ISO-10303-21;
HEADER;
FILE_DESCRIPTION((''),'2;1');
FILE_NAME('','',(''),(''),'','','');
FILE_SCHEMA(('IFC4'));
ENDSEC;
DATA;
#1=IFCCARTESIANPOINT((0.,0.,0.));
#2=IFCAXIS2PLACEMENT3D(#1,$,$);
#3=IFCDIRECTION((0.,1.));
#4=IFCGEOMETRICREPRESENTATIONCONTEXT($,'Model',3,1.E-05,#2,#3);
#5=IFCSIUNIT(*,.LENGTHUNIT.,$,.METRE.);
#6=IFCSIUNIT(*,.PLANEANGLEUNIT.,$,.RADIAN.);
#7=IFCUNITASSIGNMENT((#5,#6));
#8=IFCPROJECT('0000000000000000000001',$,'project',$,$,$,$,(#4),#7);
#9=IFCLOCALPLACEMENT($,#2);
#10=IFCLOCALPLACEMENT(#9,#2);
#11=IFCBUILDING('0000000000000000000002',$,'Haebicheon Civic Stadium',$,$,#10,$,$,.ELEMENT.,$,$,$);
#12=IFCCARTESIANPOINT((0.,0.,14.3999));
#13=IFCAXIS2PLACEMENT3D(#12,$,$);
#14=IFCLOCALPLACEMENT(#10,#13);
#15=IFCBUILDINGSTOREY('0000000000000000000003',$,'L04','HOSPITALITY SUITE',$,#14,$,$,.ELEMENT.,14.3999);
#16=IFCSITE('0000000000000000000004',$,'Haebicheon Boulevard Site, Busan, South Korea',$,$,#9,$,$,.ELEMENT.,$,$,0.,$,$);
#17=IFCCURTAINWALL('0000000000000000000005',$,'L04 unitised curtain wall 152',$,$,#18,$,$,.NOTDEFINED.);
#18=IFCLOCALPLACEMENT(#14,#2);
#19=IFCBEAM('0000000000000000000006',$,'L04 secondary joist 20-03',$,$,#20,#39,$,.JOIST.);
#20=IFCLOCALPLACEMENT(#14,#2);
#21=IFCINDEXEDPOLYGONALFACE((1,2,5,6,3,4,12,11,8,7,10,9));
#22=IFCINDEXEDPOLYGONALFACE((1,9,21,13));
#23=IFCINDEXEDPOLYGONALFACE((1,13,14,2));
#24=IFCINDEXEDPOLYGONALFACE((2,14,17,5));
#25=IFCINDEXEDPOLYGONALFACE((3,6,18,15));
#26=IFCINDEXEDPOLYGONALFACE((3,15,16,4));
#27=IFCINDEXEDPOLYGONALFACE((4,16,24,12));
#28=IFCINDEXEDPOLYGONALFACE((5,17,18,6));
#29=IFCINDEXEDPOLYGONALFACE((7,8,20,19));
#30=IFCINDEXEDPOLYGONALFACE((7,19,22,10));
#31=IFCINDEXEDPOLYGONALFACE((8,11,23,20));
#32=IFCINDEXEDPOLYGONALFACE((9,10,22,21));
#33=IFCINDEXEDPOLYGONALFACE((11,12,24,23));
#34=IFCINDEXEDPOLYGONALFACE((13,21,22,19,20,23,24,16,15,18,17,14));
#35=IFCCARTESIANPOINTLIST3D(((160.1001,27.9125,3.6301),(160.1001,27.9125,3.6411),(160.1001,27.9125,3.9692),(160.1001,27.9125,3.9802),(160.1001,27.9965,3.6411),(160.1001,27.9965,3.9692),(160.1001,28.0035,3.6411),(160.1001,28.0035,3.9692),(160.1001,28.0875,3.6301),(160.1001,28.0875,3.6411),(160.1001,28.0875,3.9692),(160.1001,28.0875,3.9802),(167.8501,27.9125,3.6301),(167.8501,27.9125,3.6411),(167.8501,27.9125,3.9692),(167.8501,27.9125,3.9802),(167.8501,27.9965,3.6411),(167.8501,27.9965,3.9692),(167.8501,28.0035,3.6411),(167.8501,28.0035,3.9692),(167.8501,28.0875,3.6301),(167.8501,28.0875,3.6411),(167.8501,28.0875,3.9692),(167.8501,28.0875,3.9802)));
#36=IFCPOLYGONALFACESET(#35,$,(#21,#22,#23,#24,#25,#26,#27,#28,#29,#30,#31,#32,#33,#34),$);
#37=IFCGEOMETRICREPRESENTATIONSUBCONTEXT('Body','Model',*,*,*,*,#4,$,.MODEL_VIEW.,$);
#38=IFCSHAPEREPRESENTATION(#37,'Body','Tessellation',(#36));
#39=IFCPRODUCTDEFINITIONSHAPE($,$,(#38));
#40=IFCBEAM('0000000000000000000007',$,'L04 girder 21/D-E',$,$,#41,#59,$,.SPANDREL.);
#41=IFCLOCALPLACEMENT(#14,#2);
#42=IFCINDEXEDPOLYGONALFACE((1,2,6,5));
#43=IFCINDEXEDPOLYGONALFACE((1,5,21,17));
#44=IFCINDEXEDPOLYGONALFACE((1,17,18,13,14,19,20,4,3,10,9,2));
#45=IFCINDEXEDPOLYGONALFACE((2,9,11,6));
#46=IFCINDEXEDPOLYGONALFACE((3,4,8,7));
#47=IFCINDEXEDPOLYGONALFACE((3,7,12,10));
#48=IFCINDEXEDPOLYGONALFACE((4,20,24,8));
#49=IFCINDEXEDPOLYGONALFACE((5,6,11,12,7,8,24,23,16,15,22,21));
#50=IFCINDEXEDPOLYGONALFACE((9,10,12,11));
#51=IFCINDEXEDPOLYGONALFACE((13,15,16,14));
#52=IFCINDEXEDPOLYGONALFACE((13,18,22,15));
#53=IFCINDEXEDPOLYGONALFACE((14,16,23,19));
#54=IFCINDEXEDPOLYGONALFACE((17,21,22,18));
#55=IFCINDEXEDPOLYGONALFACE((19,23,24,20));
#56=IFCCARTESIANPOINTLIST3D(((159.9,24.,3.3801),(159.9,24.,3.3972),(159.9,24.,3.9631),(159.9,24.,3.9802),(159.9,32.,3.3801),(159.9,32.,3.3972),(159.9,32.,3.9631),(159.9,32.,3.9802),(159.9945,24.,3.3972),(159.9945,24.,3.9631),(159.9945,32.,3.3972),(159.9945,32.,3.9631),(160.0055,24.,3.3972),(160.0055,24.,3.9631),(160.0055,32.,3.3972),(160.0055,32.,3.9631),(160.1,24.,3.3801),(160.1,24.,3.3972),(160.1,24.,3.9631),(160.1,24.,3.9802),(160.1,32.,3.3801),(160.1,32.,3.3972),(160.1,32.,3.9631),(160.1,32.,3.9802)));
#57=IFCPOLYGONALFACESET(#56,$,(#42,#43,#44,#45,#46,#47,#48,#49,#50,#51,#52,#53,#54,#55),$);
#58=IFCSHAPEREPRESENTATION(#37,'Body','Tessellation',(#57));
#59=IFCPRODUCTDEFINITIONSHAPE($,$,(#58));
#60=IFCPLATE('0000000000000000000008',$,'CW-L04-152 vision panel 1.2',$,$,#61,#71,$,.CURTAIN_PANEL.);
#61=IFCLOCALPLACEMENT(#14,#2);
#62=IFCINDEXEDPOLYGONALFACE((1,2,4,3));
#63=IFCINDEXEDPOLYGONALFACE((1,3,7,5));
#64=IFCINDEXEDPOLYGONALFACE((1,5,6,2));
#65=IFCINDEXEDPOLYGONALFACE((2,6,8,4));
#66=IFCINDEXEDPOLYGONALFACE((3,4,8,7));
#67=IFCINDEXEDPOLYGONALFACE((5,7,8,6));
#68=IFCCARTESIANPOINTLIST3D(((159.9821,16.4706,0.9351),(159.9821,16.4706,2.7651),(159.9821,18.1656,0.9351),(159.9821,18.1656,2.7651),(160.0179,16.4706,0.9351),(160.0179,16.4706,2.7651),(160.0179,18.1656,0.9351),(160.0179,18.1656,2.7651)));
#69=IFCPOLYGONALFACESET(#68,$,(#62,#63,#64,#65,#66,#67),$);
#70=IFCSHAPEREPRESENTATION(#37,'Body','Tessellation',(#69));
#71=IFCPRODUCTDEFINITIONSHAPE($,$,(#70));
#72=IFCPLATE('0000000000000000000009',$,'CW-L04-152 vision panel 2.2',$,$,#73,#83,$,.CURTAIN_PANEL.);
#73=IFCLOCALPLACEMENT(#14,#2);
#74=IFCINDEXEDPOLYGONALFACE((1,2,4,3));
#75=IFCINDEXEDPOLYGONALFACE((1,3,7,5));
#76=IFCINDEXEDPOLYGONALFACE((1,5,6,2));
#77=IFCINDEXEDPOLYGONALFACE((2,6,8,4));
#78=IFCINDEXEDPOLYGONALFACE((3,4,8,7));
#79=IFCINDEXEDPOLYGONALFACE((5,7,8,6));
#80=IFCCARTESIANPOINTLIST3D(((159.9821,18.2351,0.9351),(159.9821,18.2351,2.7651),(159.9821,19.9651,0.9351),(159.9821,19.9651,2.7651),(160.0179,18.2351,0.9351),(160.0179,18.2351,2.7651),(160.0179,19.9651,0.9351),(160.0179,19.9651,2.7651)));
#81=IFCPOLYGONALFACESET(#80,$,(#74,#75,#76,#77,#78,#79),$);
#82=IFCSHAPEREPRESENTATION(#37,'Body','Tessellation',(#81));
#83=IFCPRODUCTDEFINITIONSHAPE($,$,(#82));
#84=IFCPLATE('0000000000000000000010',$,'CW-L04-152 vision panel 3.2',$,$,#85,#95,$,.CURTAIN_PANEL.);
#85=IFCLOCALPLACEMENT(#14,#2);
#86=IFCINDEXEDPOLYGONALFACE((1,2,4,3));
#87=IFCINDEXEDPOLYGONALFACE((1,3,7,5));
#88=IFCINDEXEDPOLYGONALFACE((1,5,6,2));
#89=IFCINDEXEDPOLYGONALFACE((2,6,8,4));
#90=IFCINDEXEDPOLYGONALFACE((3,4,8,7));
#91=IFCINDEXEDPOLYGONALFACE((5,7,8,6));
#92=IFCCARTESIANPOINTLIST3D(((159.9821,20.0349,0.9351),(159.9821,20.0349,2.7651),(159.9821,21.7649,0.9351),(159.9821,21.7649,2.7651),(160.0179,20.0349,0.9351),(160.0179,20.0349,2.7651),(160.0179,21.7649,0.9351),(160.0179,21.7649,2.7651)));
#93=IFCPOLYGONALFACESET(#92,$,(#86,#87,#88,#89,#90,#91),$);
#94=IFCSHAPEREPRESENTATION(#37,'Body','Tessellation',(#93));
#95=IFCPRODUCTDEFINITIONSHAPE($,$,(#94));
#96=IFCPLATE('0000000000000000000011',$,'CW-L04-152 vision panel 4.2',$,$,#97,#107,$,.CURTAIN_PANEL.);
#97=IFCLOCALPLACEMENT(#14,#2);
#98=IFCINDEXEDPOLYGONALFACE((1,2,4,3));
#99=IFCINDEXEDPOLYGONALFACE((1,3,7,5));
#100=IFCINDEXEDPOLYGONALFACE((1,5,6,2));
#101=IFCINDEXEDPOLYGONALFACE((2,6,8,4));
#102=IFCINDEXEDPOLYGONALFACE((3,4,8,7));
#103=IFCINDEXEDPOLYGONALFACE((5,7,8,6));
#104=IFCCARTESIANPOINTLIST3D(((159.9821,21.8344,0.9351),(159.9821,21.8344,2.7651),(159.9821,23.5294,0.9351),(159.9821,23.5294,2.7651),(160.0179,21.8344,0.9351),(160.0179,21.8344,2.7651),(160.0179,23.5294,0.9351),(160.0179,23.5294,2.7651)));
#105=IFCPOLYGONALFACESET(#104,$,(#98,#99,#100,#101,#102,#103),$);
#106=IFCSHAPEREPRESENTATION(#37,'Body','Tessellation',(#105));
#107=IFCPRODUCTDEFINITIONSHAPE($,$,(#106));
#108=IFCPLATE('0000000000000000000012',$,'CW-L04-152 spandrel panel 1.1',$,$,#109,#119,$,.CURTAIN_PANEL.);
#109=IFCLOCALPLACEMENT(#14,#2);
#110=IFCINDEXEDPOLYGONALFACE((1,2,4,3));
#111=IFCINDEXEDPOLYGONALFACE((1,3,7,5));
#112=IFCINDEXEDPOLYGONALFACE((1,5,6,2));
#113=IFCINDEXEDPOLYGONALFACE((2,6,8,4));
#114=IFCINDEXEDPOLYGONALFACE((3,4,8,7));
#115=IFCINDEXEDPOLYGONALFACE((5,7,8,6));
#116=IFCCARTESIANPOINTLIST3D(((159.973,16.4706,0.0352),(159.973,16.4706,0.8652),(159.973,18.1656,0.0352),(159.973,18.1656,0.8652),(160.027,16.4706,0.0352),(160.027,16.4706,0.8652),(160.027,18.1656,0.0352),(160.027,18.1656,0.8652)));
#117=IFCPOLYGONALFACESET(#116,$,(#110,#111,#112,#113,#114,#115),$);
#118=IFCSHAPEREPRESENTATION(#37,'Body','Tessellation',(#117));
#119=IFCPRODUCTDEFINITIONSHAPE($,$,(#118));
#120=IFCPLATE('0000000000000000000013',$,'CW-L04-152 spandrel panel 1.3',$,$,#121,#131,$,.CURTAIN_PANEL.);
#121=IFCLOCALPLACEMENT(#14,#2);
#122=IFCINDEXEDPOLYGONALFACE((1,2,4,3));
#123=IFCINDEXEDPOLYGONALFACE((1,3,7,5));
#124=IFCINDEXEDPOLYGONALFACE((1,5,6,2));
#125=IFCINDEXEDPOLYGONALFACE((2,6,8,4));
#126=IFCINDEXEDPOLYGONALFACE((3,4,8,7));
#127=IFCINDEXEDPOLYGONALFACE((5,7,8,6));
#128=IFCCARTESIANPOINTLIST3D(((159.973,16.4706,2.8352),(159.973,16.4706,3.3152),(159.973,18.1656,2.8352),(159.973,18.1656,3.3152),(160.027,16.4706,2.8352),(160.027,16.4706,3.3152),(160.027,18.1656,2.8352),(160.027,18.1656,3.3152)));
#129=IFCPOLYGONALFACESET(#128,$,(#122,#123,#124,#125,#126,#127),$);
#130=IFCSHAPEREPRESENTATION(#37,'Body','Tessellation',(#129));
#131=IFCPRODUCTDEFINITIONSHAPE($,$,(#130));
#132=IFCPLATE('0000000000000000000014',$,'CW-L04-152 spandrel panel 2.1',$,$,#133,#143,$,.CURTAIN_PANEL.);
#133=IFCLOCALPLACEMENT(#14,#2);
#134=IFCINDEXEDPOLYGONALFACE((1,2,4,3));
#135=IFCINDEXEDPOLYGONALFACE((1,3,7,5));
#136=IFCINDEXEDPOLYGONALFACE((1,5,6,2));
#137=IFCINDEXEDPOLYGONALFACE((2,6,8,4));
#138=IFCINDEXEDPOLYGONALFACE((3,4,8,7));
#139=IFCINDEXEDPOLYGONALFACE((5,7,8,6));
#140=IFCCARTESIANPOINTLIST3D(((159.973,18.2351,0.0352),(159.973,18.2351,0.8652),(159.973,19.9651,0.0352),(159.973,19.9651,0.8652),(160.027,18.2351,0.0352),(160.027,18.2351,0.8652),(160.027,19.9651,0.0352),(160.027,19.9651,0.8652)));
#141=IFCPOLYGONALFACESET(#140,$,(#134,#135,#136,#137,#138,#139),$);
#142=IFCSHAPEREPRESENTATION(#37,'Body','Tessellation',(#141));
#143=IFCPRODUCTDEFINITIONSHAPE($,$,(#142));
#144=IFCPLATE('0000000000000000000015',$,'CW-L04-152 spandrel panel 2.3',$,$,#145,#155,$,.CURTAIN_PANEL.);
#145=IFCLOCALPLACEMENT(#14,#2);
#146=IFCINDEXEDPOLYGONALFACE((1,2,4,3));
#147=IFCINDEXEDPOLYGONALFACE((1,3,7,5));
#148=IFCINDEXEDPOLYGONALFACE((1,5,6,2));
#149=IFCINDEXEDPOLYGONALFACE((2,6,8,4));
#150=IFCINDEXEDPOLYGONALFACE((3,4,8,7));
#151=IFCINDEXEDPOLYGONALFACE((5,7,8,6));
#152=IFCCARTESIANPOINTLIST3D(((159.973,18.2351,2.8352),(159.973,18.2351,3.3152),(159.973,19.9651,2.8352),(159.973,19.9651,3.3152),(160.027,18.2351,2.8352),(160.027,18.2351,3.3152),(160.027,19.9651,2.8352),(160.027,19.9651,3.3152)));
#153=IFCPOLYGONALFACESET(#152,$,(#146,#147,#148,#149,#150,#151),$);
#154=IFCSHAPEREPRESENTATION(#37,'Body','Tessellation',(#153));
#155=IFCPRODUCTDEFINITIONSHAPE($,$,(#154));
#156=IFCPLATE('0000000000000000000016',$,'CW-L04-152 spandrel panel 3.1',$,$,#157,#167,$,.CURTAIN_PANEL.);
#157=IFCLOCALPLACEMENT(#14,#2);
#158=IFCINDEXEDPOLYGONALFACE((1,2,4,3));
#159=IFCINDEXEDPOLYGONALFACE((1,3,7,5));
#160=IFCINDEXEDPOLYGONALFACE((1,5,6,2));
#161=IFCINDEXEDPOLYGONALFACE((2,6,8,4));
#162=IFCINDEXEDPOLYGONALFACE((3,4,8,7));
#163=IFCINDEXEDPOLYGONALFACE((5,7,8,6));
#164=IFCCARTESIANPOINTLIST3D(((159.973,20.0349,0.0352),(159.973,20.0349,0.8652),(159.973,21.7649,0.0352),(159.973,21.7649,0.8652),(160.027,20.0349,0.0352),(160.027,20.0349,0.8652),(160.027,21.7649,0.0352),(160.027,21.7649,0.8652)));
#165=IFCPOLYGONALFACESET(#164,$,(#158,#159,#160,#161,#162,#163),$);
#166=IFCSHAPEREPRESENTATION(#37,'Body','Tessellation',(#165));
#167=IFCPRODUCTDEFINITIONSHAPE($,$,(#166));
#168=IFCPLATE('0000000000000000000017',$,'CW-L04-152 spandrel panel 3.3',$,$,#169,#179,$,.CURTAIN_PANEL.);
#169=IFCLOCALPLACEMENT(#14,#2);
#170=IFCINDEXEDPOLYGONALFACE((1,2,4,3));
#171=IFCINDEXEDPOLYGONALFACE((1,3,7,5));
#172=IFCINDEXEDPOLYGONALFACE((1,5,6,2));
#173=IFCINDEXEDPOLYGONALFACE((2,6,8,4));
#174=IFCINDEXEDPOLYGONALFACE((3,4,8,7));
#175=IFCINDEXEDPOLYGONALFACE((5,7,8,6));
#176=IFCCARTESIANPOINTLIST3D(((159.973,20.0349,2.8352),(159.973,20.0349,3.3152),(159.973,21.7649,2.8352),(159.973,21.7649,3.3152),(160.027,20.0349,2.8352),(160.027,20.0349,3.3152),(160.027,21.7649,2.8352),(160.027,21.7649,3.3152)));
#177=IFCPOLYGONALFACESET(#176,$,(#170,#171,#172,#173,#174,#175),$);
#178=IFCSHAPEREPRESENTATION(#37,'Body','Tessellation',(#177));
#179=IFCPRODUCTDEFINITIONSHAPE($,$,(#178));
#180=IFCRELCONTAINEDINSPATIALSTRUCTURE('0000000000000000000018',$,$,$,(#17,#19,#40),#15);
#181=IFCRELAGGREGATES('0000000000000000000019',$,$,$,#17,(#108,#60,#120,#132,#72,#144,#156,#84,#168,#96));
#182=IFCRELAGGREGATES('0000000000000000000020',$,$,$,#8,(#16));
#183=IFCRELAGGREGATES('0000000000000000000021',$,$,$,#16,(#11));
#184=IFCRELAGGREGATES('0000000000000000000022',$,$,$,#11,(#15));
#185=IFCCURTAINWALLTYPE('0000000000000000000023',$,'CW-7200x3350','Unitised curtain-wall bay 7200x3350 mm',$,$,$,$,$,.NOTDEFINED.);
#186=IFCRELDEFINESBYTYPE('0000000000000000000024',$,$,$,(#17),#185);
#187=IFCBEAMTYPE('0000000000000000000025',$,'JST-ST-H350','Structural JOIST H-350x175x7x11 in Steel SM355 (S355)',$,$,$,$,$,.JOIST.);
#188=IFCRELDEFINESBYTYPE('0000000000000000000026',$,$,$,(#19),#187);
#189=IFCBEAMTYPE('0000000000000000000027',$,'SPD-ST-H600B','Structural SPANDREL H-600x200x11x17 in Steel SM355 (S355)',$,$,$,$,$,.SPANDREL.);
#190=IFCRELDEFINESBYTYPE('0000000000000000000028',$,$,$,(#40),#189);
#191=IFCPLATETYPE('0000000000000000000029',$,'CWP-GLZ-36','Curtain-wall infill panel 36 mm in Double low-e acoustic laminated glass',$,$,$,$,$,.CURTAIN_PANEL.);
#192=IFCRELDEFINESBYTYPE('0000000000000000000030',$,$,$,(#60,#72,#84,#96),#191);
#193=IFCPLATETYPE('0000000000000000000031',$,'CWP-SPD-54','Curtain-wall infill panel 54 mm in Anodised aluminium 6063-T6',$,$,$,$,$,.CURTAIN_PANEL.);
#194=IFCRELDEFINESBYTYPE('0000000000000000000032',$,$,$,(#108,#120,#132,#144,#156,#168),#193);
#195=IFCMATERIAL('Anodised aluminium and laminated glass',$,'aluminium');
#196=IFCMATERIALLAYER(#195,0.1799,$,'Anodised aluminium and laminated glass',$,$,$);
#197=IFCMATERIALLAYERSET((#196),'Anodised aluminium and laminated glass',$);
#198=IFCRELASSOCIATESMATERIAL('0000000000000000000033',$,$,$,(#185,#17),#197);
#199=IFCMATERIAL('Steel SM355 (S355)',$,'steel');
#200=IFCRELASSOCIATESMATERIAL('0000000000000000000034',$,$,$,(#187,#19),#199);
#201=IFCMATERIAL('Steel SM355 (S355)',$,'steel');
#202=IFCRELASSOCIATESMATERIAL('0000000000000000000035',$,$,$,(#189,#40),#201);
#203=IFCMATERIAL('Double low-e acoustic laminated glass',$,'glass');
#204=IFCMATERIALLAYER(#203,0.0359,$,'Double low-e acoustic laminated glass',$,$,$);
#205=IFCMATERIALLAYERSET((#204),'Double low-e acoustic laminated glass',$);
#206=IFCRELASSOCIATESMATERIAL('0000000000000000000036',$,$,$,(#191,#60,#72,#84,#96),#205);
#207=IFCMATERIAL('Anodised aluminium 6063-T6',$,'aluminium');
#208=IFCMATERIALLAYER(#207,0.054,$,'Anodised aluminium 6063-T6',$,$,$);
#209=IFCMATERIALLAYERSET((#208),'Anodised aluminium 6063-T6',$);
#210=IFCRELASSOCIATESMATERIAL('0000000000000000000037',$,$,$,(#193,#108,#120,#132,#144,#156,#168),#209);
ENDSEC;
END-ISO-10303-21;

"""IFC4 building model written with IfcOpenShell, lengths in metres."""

from ifc_helpers import new_model, si_unit, direction, frame, origin, origin_2d, place, context, subcontext, project, spatial, rectangle, i_section, extrude, material, layer, layer_set, material_profile, profile_set, type_object, element, aggregate, save


model = new_model("IFC4")

# Units and contexts
model_context = context("Model", 3, precision=1e-05, world=origin(), true_north=direction((0.0, 1.0)))
body_context = subcontext(model_context, "Body", "Model", "MODEL_VIEW")
ifc_project = project(units=[si_unit("LENGTHUNIT", "METRE"), si_unit("PLANEANGLEUNIT", "RADIAN")], contexts=[model_context])

# Site, building, storey
site_placement = place(None, origin())
site = spatial("IfcSite", under=ifc_project, at=site_placement, Name="Haebicheon Boulevard Site, Busan, South Korea", CompositionType="ELEMENT", RefElevation=0.0)
building_placement = place(site_placement, origin())
building = spatial("IfcBuilding", under=site, at=building_placement, Name="Haebicheon Civic Stadium", CompositionType="ELEMENT")
storey_placement = place(building_placement, frame((0.0, 0.0, 14.3999)))
storey = spatial("IfcBuildingStorey", under=building, at=storey_placement, Name="L04", Description="HOSPITALITY SUITE", CompositionType="ELEMENT", Elevation=14.3999)

# Curtain wall
ifc_material_1 = material(Name="Anodised aluminium and laminated glass", Category="aluminium")
ifc_layer_1 = layer(ifc_material_1, 0.1799, Name="Anodised aluminium and laminated glass")
ifc_layer_set_1 = layer_set([ifc_layer_1], Name="Anodised aluminium and laminated glass")
curtain_wall_type = type_object("IfcCurtainWallType", Name="CW-7200x3350", Description="Unitised curtain-wall bay 7200x3350 mm", PredefinedType="NOTDEFINED", material=ifc_layer_set_1)
curtain_wall_placement = place(storey_placement, origin())
curtain_wall = element("IfcCurtainWall", 1, at=curtain_wall_placement, inside=storey, type_object=curtain_wall_type, material=ifc_layer_set_1, Name="L04 unitised curtain wall 152", PredefinedType="NOTDEFINED")

# Beams
ifc_material_2 = material(Name="Steel SM355 (S355)", Category="steel")
ifc_material_profile_1 = material_profile(ifc_material_2, i_section(OverallWidth=0.175, OverallDepth=0.3501, WebThickness=0.0071, FlangeThickness=0.011, at=origin_2d()), Name="H-350x175x7x11")
ifc_profile_set_1 = profile_set([ifc_material_profile_1], Name="Steel SM355 (S355)")
beam_type_1 = type_object("IfcBeamType", Name="JST-ST-H350", Description="Structural JOIST H-350x175x7x11 in Steel SM355 (S355)", PredefinedType="JOIST", material=ifc_profile_set_1)
for number, where, z_axis, x_axis, name in (
    (2, (160.1001, 28.0, 3.8052), (1.0, 0.0, 0.0), (0.0, 1.0, 0.0), "L04 secondary joist 20-03"),
):
    element("IfcBeam", number, at=place(storey_placement, frame(where, z_axis=z_axis, x_axis=x_axis)), inside=storey, type_object=beam_type_1, material=ifc_profile_set_1, Name=name, PredefinedType="JOIST", context=body_context, shape_type="SweptSolid", body=[
        extrude(i_section(OverallWidth=0.175, OverallDepth=0.3501, WebThickness=0.0071, FlangeThickness=0.011, at=origin_2d()), origin(), (0.0, 0.0, 1.0), 7.75),
    ])
ifc_material_3 = material(Name="Steel SM355 (S355)", Category="steel")
ifc_material_profile_2 = material_profile(ifc_material_3, i_section(OverallWidth=0.2, OverallDepth=0.6001, WebThickness=0.011, FlangeThickness=0.0171, at=origin_2d()), Name="H-600x200x11x17")
ifc_profile_set_2 = profile_set([ifc_material_profile_2], Name="Steel SM355 (S355)")
beam_type_2 = type_object("IfcBeamType", Name="SPD-ST-H600B", Description="Structural SPANDREL H-600x200x11x17 in Steel SM355 (S355)", PredefinedType="SPANDREL", material=ifc_profile_set_2)
beam_1_placement = place(storey_placement, frame((160.0, 24.0, 3.6802), z_axis=(0.0, 1.0, 0.0), x_axis=(-1.0, 0.0, 0.0)))
element("IfcBeam", 3, at=beam_1_placement, inside=storey, type_object=beam_type_2, material=ifc_profile_set_2, Name="L04 girder 21/D-E", PredefinedType="SPANDREL", context=body_context, shape_type="SweptSolid", body=[
    extrude(i_section(OverallWidth=0.2, OverallDepth=0.6001, WebThickness=0.011, FlangeThickness=0.0171, at=origin_2d()), origin(), (0.0, 0.0, 1.0), 8.0),
])

# Plates
ifc_material_4 = material(Name="Double low-e acoustic laminated glass", Category="glass")
ifc_layer_2 = layer(ifc_material_4, 0.0359, Name="Double low-e acoustic laminated glass")
ifc_layer_set_2 = layer_set([ifc_layer_2], Name="Double low-e acoustic laminated glass")
plate_type_1 = type_object("IfcPlateType", Name="CWP-GLZ-36", Description="Curtain-wall infill panel 36 mm in Double low-e acoustic laminated glass", PredefinedType="CURTAIN_PANEL", material=ifc_layer_set_2)
plate_1_placement = place(storey_placement, frame((160.0, 17.3181, 0.9351), z_axis=(0.0, 0.0, 1.0), x_axis=(0.0, 1.0, 0.0)))
plate_1 = element("IfcPlate", 4, at=plate_1_placement, type_object=plate_type_1, material=ifc_layer_set_2, Name="CW-L04-152 vision panel 1.2", PredefinedType="CURTAIN_PANEL", context=body_context, shape_type="SweptSolid", body=[
    extrude(rectangle(XDim=1.6951, YDim=0.0359, at=origin_2d()), origin(), (0.0, 0.0, 1.0), 1.8301),
])
plate_2_placement = place(storey_placement, frame((160.0, 19.1001, 0.9351), z_axis=(0.0, 0.0, 1.0), x_axis=(0.0, 1.0, 0.0)))
plate_2 = element("IfcPlate", 5, at=plate_2_placement, type_object=plate_type_1, material=ifc_layer_set_2, Name="CW-L04-152 vision panel 2.2", PredefinedType="CURTAIN_PANEL", context=body_context, shape_type="SweptSolid", body=[
    extrude(rectangle(XDim=1.73, YDim=0.0359, at=origin_2d()), origin(), (0.0, 0.0, 1.0), 1.8301),
])
plate_3_placement = place(storey_placement, frame((160.0, 20.8999, 0.9351), z_axis=(0.0, 0.0, 1.0), x_axis=(0.0, 1.0, 0.0)))
plate_3 = element("IfcPlate", 6, at=plate_3_placement, type_object=plate_type_1, material=ifc_layer_set_2, Name="CW-L04-152 vision panel 3.2", PredefinedType="CURTAIN_PANEL", context=body_context, shape_type="SweptSolid", body=[
    extrude(rectangle(XDim=1.73, YDim=0.0359, at=origin_2d()), origin(), (0.0, 0.0, 1.0), 1.8301),
])
plate_4_placement = place(storey_placement, frame((160.0, 22.6819, 0.9351), z_axis=(0.0, 0.0, 1.0), x_axis=(0.0, 1.0, 0.0)))
plate_4 = element("IfcPlate", 7, at=plate_4_placement, type_object=plate_type_1, material=ifc_layer_set_2, Name="CW-L04-152 vision panel 4.2", PredefinedType="CURTAIN_PANEL", context=body_context, shape_type="SweptSolid", body=[
    extrude(rectangle(XDim=1.6951, YDim=0.0359, at=origin_2d()), origin(), (0.0, 0.0, 1.0), 1.8301),
])
ifc_material_5 = material(Name="Anodised aluminium 6063-T6", Category="aluminium")
ifc_layer_3 = layer(ifc_material_5, 0.054, Name="Anodised aluminium 6063-T6")
ifc_layer_set_3 = layer_set([ifc_layer_3], Name="Anodised aluminium 6063-T6")
plate_type_2 = type_object("IfcPlateType", Name="CWP-SPD-54", Description="Curtain-wall infill panel 54 mm in Anodised aluminium 6063-T6", PredefinedType="CURTAIN_PANEL", material=ifc_layer_set_3)
plate_5_placement = place(storey_placement, frame((160.0, 17.3181, 0.0352), z_axis=(0.0, 0.0, 1.0), x_axis=(0.0, 1.0, 0.0)))
plate_5 = element("IfcPlate", 8, at=plate_5_placement, type_object=plate_type_2, material=ifc_layer_set_3, Name="CW-L04-152 spandrel panel 1.1", PredefinedType="CURTAIN_PANEL", context=body_context, shape_type="SweptSolid", body=[
    extrude(rectangle(XDim=1.6951, YDim=0.054, at=origin_2d()), origin(), (0.0, 0.0, 1.0), 0.8301),
])
plate_6_placement = place(storey_placement, frame((160.0, 17.3181, 2.8352), z_axis=(0.0, 0.0, 1.0), x_axis=(0.0, 1.0, 0.0)))
plate_6 = element("IfcPlate", 9, at=plate_6_placement, type_object=plate_type_2, material=ifc_layer_set_3, Name="CW-L04-152 spandrel panel 1.3", PredefinedType="CURTAIN_PANEL", context=body_context, shape_type="SweptSolid", body=[
    extrude(rectangle(XDim=1.6951, YDim=0.054, at=origin_2d()), origin(), (0.0, 0.0, 1.0), 0.48),
])
plate_7_placement = place(storey_placement, frame((160.0, 19.1001, 0.0352), z_axis=(0.0, 0.0, 1.0), x_axis=(0.0, 1.0, 0.0)))
plate_7 = element("IfcPlate", 10, at=plate_7_placement, type_object=plate_type_2, material=ifc_layer_set_3, Name="CW-L04-152 spandrel panel 2.1", PredefinedType="CURTAIN_PANEL", context=body_context, shape_type="SweptSolid", body=[
    extrude(rectangle(XDim=1.73, YDim=0.054, at=origin_2d()), origin(), (0.0, 0.0, 1.0), 0.8301),
])
plate_8_placement = place(storey_placement, frame((160.0, 19.1001, 2.8352), z_axis=(0.0, 0.0, 1.0), x_axis=(0.0, 1.0, 0.0)))
plate_8 = element("IfcPlate", 11, at=plate_8_placement, type_object=plate_type_2, material=ifc_layer_set_3, Name="CW-L04-152 spandrel panel 2.3", PredefinedType="CURTAIN_PANEL", context=body_context, shape_type="SweptSolid", body=[
    extrude(rectangle(XDim=1.73, YDim=0.054, at=origin_2d()), origin(), (0.0, 0.0, 1.0), 0.48),
])
plate_9_placement = place(storey_placement, frame((160.0, 20.8999, 0.0352), z_axis=(0.0, 0.0, 1.0), x_axis=(0.0, 1.0, 0.0)))
plate_9 = element("IfcPlate", 12, at=plate_9_placement, type_object=plate_type_2, material=ifc_layer_set_3, Name="CW-L04-152 spandrel panel 3.1", PredefinedType="CURTAIN_PANEL", context=body_context, shape_type="SweptSolid", body=[
    extrude(rectangle(XDim=1.73, YDim=0.054, at=origin_2d()), origin(), (0.0, 0.0, 1.0), 0.8301),
])
plate_10_placement = place(storey_placement, frame((160.0, 20.8999, 2.8352), z_axis=(0.0, 0.0, 1.0), x_axis=(0.0, 1.0, 0.0)))
plate_10 = element("IfcPlate", 13, at=plate_10_placement, type_object=plate_type_2, material=ifc_layer_set_3, Name="CW-L04-152 spandrel panel 3.3", PredefinedType="CURTAIN_PANEL", context=body_context, shape_type="SweptSolid", body=[
    extrude(rectangle(XDim=1.73, YDim=0.054, at=origin_2d()), origin(), (0.0, 0.0, 1.0), 0.48),
])
aggregate(curtain_wall, [plate_5, plate_1, plate_6, plate_7, plate_2, plate_8, plate_9, plate_3, plate_10, plate_4])

save(model, "model.ifc")
